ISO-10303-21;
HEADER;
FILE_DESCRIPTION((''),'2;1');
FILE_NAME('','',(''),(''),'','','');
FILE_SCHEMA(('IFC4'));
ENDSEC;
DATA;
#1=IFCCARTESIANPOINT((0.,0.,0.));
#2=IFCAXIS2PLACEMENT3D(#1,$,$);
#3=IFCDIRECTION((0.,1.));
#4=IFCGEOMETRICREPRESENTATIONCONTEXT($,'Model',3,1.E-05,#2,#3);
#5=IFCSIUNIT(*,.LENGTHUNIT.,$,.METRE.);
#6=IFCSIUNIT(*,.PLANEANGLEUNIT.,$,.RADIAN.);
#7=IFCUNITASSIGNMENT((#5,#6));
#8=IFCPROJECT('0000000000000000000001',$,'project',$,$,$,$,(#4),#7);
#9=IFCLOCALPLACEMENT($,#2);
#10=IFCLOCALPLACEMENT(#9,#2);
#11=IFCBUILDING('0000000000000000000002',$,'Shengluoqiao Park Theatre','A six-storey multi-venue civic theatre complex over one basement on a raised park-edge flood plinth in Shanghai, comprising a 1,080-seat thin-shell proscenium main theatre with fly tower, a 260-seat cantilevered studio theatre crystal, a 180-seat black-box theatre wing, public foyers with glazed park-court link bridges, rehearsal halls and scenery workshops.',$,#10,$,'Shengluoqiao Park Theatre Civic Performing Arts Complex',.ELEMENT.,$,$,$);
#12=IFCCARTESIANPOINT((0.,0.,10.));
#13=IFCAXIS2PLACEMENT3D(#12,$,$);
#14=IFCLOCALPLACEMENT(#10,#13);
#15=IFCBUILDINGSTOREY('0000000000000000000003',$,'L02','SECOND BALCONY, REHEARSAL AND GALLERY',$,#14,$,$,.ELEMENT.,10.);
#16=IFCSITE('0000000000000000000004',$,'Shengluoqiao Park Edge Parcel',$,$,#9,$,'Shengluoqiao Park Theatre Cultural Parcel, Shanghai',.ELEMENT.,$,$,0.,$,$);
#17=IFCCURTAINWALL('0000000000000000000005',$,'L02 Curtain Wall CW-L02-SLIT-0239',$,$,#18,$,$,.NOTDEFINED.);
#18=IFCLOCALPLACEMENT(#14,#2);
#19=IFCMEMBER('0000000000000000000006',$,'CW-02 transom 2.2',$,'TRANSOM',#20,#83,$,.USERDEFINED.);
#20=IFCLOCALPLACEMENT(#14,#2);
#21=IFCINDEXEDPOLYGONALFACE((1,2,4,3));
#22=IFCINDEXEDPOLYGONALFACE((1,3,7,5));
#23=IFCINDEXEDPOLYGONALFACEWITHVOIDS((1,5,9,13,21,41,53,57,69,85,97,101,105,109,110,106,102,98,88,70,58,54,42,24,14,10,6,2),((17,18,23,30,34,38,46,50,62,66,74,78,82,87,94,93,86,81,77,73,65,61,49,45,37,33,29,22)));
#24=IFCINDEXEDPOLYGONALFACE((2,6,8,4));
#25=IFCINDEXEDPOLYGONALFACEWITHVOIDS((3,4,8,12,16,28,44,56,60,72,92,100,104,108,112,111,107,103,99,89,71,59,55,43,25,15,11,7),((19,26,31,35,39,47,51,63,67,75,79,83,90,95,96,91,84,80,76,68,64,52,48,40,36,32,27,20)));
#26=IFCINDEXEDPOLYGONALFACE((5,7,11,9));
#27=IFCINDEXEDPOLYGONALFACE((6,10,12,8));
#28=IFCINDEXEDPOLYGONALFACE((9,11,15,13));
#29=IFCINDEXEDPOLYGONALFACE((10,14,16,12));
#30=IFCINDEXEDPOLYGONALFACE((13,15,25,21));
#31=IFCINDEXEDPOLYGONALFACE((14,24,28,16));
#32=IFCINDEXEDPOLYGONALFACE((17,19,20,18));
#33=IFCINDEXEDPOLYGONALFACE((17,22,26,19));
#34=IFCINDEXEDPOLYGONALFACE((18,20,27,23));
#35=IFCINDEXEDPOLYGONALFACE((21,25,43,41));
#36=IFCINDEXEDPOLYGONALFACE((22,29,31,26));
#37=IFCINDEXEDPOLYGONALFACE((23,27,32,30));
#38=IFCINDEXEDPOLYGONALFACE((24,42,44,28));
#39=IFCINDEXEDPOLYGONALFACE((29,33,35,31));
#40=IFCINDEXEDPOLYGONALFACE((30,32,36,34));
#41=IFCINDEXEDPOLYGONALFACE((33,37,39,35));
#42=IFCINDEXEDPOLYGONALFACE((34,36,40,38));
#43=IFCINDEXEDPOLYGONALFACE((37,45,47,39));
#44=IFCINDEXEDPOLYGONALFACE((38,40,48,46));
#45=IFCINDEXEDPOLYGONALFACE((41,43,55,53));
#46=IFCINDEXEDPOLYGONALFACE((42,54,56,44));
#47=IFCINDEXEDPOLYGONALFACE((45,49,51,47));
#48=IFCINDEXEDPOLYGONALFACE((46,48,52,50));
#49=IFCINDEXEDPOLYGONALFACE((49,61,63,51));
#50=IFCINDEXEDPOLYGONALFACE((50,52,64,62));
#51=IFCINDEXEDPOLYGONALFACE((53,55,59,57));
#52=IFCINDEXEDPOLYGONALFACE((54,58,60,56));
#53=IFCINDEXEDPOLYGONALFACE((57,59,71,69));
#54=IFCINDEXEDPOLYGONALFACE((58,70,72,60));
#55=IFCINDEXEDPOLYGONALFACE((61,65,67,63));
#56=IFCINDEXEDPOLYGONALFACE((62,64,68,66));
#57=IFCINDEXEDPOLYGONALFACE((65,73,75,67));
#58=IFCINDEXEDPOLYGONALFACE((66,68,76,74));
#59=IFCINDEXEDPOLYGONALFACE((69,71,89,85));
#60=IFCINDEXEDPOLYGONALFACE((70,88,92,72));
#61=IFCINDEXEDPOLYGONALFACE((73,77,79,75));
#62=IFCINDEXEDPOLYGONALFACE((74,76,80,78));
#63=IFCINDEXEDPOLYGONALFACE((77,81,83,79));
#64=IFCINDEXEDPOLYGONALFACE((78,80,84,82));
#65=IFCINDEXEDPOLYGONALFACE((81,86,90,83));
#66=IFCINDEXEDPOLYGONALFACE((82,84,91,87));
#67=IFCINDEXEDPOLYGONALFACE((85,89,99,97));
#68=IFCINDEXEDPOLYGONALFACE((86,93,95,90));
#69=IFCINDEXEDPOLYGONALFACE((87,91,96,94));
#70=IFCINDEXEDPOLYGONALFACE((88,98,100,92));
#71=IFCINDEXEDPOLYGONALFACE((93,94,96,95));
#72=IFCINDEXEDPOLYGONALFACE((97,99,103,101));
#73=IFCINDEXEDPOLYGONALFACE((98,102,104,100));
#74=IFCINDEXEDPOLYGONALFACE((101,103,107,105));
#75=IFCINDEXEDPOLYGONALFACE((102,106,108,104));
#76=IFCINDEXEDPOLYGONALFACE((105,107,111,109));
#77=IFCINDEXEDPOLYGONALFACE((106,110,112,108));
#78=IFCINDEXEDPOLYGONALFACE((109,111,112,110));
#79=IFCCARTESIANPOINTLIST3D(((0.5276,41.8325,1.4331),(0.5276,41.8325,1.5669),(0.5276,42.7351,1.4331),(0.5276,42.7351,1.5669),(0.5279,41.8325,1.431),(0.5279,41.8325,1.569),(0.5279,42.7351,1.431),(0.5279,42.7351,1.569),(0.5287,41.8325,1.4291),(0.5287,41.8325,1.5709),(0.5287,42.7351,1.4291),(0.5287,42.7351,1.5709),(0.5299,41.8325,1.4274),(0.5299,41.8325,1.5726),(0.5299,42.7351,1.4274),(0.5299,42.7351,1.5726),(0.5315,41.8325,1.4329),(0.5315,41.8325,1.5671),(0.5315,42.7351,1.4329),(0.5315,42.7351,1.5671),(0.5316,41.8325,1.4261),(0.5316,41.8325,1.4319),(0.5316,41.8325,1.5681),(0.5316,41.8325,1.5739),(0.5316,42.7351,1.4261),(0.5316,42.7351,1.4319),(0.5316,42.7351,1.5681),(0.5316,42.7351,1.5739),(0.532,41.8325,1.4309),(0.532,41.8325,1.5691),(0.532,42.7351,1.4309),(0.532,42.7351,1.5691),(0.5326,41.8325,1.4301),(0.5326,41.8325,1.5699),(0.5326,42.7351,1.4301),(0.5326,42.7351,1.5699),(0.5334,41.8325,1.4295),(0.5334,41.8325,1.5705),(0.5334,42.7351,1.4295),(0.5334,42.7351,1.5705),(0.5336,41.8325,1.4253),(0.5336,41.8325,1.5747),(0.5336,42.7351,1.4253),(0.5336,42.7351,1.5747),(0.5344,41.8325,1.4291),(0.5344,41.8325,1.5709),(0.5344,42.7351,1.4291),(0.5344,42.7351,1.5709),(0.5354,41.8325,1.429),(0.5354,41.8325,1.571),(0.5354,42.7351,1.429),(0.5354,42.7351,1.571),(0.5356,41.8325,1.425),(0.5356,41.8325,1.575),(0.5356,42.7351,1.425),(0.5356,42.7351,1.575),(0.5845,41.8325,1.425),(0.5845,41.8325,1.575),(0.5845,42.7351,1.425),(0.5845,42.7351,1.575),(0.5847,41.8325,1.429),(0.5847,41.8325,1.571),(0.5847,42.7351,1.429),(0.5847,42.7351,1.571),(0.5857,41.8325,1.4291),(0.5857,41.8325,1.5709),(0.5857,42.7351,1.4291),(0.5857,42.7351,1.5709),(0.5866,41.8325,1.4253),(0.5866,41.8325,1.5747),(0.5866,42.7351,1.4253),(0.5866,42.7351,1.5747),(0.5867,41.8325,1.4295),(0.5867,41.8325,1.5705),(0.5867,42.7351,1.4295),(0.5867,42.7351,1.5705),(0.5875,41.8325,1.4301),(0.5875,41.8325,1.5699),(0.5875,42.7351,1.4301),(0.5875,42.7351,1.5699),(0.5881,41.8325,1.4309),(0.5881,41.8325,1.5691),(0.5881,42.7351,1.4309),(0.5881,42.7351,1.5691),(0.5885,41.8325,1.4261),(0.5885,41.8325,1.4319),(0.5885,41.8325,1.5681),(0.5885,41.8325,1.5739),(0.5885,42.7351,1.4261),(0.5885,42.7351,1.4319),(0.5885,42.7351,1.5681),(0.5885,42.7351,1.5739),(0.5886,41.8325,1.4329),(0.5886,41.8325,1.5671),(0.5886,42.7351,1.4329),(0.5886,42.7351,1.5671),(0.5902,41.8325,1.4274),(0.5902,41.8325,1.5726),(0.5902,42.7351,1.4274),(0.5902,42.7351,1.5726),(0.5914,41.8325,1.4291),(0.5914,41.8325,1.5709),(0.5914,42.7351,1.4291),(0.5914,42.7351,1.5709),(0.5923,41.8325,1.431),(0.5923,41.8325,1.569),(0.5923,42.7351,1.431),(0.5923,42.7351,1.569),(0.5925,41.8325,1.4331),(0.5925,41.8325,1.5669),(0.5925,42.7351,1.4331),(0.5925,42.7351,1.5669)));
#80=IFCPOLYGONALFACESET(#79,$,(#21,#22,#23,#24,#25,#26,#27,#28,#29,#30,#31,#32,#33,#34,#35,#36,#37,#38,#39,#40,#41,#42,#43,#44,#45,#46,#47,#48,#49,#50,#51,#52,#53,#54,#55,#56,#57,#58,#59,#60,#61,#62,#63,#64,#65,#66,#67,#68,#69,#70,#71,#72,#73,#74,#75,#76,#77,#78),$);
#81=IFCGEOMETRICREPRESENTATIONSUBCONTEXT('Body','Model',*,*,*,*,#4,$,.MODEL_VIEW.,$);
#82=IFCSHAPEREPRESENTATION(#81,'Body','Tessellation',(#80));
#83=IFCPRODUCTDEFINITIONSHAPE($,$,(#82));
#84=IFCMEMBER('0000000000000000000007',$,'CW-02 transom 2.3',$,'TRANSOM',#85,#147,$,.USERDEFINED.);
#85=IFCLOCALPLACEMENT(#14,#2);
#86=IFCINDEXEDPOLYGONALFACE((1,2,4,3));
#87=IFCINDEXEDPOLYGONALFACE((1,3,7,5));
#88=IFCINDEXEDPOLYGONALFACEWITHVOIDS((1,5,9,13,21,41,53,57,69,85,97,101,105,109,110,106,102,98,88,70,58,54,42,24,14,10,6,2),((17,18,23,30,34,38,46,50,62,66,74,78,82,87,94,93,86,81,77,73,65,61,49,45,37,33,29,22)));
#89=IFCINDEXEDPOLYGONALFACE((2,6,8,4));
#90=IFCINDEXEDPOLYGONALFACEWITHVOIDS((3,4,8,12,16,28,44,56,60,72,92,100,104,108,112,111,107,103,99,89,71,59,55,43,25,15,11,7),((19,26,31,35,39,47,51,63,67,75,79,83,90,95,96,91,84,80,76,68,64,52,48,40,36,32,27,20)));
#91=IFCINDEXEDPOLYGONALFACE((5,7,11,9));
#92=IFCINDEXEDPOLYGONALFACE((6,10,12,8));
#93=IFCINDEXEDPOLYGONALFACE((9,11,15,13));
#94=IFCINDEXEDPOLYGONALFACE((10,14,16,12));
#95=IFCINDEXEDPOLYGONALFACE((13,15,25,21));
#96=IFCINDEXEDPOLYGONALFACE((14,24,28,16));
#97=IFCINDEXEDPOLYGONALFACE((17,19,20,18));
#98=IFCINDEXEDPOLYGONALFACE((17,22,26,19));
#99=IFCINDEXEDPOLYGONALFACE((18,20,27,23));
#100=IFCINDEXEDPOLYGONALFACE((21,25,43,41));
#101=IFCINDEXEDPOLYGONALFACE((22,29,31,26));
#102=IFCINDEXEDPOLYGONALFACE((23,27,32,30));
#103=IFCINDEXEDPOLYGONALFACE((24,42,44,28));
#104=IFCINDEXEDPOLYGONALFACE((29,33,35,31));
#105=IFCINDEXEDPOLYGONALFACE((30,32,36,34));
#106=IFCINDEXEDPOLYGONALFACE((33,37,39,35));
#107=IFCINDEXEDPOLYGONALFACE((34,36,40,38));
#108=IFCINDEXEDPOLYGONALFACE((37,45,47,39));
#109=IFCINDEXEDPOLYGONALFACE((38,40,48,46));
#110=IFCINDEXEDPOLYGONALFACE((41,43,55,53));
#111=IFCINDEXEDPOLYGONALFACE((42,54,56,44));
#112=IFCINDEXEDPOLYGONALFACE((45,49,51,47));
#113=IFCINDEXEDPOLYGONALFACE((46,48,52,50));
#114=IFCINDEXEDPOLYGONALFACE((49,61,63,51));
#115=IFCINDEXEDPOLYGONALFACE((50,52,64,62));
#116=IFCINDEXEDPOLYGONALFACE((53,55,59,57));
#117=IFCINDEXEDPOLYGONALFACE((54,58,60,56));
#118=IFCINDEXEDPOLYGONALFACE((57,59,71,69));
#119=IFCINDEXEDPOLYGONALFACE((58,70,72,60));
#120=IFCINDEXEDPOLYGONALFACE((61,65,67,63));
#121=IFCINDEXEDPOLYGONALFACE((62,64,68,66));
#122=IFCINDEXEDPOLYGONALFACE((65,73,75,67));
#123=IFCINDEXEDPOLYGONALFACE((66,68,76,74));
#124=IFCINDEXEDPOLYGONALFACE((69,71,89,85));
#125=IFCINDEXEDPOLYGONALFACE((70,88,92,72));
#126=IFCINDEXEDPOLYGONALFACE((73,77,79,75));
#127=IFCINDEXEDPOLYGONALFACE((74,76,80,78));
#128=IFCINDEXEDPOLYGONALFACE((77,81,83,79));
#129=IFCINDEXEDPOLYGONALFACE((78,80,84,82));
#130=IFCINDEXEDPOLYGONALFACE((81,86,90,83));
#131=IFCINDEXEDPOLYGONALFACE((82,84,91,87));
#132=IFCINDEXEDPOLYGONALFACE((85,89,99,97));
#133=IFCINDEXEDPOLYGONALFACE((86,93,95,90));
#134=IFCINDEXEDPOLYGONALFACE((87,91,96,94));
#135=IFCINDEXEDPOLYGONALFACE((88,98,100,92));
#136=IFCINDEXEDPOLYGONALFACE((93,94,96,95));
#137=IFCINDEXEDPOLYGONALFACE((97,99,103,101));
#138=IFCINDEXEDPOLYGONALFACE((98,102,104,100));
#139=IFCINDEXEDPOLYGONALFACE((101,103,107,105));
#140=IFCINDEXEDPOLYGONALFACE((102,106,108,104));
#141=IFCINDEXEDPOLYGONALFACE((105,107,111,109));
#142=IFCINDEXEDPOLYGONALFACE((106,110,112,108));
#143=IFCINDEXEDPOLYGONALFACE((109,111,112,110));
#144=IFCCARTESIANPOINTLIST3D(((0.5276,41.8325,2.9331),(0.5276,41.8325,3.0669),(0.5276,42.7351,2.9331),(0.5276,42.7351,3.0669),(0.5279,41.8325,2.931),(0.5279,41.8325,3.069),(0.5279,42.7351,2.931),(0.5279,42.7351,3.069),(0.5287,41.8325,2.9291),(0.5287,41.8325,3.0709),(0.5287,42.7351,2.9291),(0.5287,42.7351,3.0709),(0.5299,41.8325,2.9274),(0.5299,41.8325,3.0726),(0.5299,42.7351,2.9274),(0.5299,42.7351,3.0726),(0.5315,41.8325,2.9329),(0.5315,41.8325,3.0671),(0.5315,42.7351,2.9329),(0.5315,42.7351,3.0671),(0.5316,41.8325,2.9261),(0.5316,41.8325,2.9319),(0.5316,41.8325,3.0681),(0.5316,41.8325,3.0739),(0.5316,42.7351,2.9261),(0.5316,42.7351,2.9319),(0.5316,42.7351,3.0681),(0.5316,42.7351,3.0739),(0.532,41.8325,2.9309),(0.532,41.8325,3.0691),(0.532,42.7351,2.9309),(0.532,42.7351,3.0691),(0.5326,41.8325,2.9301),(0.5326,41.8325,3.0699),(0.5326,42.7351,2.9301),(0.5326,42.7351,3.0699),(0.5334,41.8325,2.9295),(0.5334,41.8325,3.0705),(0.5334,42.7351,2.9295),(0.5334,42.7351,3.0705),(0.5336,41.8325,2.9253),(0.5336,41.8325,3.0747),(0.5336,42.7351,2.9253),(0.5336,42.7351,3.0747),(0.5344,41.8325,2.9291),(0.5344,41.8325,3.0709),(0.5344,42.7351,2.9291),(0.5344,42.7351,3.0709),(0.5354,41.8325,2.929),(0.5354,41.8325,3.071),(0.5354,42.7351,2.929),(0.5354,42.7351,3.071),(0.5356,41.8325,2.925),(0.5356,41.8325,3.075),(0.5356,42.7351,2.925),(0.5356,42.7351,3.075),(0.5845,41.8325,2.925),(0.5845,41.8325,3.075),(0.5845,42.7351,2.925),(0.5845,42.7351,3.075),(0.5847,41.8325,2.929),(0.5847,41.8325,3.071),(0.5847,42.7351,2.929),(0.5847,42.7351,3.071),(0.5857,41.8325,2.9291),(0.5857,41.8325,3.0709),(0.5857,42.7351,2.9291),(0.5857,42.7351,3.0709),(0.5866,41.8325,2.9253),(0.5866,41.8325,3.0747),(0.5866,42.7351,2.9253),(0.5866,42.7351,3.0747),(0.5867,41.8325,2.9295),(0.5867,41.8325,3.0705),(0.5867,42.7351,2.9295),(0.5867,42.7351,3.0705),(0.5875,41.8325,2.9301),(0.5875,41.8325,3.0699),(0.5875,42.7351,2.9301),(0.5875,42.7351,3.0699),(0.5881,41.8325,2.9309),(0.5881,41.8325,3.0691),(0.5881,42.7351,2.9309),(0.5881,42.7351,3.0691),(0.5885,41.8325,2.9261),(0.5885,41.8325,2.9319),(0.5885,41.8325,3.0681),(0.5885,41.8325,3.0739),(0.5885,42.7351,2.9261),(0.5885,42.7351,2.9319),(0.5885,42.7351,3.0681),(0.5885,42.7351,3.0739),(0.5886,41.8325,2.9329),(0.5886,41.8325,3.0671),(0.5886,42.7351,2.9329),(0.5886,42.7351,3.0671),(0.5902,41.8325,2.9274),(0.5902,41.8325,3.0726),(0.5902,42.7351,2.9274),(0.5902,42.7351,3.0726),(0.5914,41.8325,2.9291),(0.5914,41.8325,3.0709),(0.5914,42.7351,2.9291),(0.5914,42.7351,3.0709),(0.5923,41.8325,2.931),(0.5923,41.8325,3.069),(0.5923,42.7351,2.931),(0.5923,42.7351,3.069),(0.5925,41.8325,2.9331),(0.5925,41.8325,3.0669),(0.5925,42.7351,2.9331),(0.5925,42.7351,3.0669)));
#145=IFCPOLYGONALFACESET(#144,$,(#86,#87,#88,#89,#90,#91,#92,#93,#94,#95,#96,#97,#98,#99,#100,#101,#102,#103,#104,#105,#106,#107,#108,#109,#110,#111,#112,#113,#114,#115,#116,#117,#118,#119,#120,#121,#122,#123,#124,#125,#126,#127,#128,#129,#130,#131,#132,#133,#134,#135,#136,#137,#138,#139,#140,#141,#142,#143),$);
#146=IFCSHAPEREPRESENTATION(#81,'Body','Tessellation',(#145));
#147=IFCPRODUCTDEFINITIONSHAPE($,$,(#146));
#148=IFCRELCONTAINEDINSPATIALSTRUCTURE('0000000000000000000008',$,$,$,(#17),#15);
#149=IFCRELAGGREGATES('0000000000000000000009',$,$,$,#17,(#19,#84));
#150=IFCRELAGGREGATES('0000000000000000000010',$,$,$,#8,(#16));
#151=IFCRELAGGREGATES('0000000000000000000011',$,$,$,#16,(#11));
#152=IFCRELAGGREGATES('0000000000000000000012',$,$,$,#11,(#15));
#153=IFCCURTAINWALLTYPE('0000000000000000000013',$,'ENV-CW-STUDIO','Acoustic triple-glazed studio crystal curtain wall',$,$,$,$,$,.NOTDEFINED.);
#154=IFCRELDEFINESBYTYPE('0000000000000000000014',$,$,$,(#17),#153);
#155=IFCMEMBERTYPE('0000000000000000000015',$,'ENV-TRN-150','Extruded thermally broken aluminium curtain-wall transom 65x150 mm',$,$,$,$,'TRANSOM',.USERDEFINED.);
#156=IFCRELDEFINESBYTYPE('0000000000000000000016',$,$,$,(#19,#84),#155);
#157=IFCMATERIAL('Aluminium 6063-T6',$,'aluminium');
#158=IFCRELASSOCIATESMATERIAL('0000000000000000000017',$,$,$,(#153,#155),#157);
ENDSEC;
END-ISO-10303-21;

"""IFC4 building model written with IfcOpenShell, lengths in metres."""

from ifc_helpers import new_model, si_unit, direction, frame, origin, origin_2d, place, context, subcontext, project, spatial, hollow_rectangle, extrude, material, material_profile, profile_set, type_object, element, aggregate, save


model = new_model("IFC4")

# Units and contexts
model_context = context("Model", 3, precision=1e-05, world=origin(), true_north=direction((0.0, 1.0)))
body_context = subcontext(model_context, "Body", "Model", "MODEL_VIEW")
ifc_project = project(units=[si_unit("LENGTHUNIT", "METRE"), si_unit("PLANEANGLEUNIT", "RADIAN")], contexts=[model_context])

# Site, building, storey
site_placement = place(None, origin())
site = spatial("IfcSite", under=ifc_project, at=site_placement, Name="Shengluoqiao Park Edge Parcel", LongName="Shengluoqiao Park Theatre Cultural Parcel, Shanghai", CompositionType="ELEMENT", RefElevation=0.0)
building_placement = place(site_placement, origin())
building = spatial("IfcBuilding", under=site, at=building_placement, Name="Shengluoqiao Park Theatre", Description="A six-storey multi-venue civic theatre complex over one basement on a raised park-edge flood plinth in Shanghai, comprising a 1,080-seat thin-shell proscenium main theatre with fly tower, a 260-seat cantilevered studio theatre crystal, a 180-seat black-box theatre wing, public foyers with glazed park-court link bridges, rehearsal halls and scenery workshops.", LongName="Shengluoqiao Park Theatre Civic Performing Arts Complex", CompositionType="ELEMENT")
storey_placement = place(building_placement, frame((0.0, 0.0, 10.0)))
storey = spatial("IfcBuildingStorey", under=building, at=storey_placement, Name="L02", Description="SECOND BALCONY, REHEARSAL AND GALLERY", CompositionType="ELEMENT", Elevation=10.0)

# Curtain wall
ifc_material_1 = material(Name="Aluminium 6063-T6", Category="aluminium")
curtain_wall_type = type_object("IfcCurtainWallType", Name="ENV-CW-STUDIO", Description="Acoustic triple-glazed studio crystal curtain wall", PredefinedType="NOTDEFINED", material=ifc_material_1)
curtain_wall_1_placement = place(storey_placement, origin())
curtain_wall_1 = element("IfcCurtainWall", 1, at=curtain_wall_1_placement, inside=storey, type_object=curtain_wall_type, Name="L02 Curtain Wall CW-L02-SLIT-0239", PredefinedType="NOTDEFINED")

# Members
ifc_material_profile_1 = material_profile(ifc_material_1, hollow_rectangle(XDim=0.0649, YDim=0.1499, WallThickness=0.0039, InnerFilletRadius=0.0039, OuterFilletRadius=0.0081, at=origin_2d()), Name="ALU TRANSOM 150x65x4")
ifc_profile_set_1 = profile_set([ifc_material_profile_1], Name="Aluminium 6063-T6")
member_type_1 = type_object("IfcMemberType", Name="ENV-TRN-150", Description="Extruded thermally broken aluminium curtain-wall transom 65x150 mm", ElementType="TRANSOM", PredefinedType="USERDEFINED", material=ifc_profile_set_1)
member_1_placement = place(storey_placement, frame((0.5601, 41.8325, 1.5), z_axis=(0.0, 1.0, 0.0), x_axis=(-1.0, 0.0, 0.0)))
member_1 = element("IfcMember", 2, at=member_1_placement, type_object=member_type_1, Name="CW-02 transom 2.2", ObjectType="TRANSOM", PredefinedType="USERDEFINED", context=body_context, shape_type="SweptSolid", body=[
    extrude(hollow_rectangle(XDim=0.0649, YDim=0.1499, WallThickness=0.0039, InnerFilletRadius=0.0039, OuterFilletRadius=0.0081, at=origin_2d()), origin(), (0.0, 0.0, 1.0), 0.9026),
])
member_2_placement = place(storey_placement, frame((0.5601, 41.8325, 3.0), z_axis=(0.0, 1.0, 0.0), x_axis=(-1.0, 0.0, 0.0)))
member_2 = element("IfcMember", 3, at=member_2_placement, type_object=member_type_1, Name="CW-02 transom 2.3", ObjectType="TRANSOM", PredefinedType="USERDEFINED", context=body_context, shape_type="SweptSolid", body=[
    extrude(hollow_rectangle(XDim=0.0649, YDim=0.1499, WallThickness=0.0039, InnerFilletRadius=0.0039, OuterFilletRadius=0.0081, at=origin_2d()), origin(), (0.0, 0.0, 1.0), 0.9026),
])

aggregate(curtain_wall_1, [member_1, member_2])

save(model, "model.ifc")
